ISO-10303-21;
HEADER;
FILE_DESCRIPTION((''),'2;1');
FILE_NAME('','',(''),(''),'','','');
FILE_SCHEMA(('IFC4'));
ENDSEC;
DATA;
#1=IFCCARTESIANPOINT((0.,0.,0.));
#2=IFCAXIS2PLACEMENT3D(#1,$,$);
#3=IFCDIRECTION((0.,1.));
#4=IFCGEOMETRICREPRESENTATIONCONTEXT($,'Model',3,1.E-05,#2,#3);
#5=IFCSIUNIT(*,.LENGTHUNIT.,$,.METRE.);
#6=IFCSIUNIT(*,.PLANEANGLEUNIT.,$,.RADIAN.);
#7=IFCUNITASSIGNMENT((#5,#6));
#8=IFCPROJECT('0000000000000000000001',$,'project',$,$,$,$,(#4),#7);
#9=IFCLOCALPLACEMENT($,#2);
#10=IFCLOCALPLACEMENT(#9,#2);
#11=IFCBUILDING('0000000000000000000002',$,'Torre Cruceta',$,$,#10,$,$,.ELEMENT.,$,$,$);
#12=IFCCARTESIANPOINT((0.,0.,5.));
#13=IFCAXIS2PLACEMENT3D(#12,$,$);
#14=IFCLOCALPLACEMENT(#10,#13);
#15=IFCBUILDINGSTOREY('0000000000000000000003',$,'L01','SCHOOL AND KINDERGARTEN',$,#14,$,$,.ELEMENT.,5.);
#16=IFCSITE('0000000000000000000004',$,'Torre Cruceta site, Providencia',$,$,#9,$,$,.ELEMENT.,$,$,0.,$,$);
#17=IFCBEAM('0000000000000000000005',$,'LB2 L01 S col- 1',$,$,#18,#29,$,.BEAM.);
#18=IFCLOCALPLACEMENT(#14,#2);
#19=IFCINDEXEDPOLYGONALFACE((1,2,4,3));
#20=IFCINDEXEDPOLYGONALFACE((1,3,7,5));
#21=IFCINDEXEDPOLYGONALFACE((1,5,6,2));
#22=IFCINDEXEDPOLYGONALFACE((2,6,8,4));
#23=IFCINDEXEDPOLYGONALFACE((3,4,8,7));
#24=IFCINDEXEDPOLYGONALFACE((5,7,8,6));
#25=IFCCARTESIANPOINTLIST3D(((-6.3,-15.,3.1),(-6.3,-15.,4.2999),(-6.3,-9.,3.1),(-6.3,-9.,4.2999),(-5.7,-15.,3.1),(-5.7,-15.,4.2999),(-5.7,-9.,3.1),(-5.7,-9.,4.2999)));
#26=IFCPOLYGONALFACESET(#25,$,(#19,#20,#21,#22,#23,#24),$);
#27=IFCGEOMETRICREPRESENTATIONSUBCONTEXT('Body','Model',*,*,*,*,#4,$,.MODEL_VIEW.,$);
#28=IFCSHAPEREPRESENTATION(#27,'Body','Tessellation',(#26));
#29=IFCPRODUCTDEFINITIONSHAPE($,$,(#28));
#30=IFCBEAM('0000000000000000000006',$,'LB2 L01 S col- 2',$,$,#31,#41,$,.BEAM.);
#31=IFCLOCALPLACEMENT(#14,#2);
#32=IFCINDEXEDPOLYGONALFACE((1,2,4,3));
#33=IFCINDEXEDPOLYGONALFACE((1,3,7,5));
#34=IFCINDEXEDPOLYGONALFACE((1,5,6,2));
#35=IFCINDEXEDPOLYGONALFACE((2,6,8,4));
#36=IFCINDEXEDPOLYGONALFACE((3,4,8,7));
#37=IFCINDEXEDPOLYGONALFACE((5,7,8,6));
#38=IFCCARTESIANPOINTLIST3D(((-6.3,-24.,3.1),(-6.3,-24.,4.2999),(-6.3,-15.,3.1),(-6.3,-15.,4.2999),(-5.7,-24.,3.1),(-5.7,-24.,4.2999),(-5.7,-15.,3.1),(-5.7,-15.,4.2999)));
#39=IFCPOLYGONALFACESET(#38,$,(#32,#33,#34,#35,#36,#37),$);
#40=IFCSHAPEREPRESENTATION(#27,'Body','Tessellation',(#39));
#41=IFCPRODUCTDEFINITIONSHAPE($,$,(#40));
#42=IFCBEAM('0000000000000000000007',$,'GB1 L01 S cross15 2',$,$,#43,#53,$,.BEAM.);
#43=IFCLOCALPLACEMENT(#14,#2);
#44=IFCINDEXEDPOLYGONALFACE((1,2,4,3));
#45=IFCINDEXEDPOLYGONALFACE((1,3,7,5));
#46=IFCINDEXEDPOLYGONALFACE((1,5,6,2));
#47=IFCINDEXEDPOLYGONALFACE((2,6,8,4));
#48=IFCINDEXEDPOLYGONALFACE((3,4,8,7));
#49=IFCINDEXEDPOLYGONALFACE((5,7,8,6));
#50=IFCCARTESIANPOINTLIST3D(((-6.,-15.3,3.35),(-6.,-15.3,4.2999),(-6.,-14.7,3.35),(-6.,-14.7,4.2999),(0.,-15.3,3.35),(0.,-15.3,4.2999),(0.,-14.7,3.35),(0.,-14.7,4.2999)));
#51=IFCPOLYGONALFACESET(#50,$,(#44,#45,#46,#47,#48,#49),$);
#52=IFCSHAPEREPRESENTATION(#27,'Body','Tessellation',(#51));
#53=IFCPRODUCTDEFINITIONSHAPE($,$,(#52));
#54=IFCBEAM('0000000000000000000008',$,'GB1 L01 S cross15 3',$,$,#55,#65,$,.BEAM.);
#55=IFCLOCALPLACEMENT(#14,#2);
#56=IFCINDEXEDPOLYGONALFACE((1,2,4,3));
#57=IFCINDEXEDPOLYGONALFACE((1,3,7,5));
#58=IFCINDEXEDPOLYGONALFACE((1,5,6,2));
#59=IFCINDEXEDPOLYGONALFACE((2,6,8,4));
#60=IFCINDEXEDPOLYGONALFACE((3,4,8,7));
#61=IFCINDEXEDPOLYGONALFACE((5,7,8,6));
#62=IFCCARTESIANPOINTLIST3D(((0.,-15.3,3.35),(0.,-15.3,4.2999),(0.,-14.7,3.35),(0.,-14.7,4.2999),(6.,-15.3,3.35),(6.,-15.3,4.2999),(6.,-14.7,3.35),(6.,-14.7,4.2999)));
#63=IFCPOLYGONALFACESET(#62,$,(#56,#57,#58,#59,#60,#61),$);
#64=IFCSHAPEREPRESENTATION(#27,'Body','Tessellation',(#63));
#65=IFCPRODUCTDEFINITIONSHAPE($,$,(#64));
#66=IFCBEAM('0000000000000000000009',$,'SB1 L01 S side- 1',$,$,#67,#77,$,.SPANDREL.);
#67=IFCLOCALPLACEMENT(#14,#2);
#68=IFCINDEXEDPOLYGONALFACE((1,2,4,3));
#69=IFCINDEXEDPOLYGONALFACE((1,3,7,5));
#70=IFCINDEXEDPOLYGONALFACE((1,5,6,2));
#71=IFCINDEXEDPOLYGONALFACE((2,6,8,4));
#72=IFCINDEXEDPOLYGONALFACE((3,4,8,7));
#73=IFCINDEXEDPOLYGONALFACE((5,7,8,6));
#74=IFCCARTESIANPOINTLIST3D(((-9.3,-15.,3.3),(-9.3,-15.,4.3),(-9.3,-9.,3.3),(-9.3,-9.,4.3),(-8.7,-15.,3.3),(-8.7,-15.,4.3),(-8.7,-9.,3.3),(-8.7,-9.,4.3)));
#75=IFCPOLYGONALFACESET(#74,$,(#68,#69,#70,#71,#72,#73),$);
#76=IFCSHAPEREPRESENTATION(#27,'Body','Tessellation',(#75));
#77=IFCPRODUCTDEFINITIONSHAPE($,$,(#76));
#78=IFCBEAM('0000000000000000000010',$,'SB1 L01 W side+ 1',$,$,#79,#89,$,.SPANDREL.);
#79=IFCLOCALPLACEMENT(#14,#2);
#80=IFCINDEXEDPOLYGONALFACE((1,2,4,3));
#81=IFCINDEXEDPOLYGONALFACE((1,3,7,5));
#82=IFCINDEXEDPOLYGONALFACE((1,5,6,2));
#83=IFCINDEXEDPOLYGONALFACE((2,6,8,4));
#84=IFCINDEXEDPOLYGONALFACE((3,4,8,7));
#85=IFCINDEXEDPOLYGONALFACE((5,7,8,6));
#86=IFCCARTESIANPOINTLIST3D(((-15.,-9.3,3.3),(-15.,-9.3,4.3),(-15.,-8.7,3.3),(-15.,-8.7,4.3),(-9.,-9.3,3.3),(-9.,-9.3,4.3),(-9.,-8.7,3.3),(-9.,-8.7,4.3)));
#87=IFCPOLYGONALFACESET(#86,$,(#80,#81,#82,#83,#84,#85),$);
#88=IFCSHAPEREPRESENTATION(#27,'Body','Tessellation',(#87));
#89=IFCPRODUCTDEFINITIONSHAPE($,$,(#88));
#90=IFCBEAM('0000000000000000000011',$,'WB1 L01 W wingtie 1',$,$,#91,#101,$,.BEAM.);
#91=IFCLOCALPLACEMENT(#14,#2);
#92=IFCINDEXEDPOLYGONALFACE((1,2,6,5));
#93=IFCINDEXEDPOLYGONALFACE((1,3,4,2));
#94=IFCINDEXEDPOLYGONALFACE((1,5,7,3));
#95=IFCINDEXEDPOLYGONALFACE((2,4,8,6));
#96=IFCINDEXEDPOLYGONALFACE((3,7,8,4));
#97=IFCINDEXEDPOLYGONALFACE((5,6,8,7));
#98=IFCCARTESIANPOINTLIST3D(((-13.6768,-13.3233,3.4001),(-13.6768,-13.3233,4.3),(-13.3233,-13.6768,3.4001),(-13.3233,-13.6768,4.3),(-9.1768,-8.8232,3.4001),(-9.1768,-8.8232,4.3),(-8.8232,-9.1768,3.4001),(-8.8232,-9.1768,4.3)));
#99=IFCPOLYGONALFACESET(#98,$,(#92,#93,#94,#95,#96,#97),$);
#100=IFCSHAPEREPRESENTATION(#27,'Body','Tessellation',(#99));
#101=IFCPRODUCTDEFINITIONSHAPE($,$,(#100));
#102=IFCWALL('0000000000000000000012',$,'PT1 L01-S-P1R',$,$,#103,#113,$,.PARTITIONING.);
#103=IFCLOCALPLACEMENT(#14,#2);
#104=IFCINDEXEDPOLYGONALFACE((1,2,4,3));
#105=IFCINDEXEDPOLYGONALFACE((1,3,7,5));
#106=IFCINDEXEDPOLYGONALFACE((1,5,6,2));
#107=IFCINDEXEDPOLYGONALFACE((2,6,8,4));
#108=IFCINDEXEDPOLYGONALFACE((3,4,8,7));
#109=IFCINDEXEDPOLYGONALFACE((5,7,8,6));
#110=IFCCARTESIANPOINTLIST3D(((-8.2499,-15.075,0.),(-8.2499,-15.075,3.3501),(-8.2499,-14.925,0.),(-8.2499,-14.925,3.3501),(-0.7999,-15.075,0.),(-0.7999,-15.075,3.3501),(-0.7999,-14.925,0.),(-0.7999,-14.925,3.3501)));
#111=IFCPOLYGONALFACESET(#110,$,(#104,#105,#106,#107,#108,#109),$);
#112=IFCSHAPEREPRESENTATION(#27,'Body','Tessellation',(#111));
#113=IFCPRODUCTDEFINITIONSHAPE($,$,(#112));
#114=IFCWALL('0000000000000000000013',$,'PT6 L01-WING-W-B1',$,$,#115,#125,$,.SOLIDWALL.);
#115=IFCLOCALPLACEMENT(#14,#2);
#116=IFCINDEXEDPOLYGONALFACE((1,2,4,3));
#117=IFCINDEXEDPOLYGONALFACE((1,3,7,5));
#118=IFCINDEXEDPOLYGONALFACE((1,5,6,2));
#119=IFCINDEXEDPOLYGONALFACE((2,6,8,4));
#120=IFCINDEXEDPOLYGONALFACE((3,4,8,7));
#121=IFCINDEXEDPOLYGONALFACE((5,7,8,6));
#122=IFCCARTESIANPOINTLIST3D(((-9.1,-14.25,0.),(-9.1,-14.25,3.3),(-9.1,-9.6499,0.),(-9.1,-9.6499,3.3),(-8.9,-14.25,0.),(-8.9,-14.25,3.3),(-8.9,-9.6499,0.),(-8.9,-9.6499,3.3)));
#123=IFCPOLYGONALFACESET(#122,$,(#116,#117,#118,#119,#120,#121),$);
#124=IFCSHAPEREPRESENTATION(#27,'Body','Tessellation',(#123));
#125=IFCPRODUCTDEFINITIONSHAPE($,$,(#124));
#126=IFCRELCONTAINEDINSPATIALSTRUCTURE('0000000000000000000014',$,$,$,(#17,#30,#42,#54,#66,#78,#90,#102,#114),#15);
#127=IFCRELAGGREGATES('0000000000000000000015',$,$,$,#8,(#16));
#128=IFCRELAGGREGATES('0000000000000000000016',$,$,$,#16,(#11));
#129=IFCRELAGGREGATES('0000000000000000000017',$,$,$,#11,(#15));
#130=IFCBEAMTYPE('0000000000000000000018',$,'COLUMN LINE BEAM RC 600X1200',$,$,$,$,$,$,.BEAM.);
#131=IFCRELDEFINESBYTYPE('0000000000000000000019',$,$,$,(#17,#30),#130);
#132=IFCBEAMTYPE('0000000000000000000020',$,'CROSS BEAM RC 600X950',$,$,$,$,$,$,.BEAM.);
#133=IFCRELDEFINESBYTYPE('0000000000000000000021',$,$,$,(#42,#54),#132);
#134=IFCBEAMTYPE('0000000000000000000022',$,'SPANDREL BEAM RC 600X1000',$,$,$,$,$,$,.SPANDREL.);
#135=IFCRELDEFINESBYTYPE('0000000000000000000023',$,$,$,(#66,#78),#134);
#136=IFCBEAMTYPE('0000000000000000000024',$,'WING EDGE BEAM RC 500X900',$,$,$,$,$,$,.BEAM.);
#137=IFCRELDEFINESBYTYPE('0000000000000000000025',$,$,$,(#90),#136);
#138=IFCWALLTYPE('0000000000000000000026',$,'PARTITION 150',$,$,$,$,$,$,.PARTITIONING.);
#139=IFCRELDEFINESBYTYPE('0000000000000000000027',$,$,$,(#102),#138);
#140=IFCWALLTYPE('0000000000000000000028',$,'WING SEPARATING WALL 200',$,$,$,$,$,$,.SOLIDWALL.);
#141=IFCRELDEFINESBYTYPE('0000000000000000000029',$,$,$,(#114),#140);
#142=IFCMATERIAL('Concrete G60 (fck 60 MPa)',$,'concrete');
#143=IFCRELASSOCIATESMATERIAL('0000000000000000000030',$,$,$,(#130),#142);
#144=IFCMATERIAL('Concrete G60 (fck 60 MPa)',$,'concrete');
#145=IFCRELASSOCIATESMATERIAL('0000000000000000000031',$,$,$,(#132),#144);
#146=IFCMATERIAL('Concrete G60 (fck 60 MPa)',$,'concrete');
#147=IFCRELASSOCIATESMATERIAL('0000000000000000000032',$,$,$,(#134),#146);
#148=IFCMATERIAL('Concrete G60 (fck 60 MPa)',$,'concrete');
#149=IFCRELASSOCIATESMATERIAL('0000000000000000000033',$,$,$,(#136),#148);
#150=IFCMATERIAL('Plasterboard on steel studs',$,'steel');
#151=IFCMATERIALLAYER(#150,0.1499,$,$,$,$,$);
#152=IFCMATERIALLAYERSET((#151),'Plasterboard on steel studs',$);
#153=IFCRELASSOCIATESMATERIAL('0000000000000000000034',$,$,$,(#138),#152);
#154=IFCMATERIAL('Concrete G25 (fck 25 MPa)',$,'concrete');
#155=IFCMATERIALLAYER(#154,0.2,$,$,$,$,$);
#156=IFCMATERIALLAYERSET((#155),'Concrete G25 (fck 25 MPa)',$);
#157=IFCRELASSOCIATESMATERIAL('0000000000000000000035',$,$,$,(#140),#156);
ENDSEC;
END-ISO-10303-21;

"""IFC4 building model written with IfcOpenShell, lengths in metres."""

from ifc_helpers import new_model, si_unit, direction, frame, frame_2d, origin, origin_2d, place, context, subcontext, project, spatial, rectangle, extrude, material, layer, layer_set, material_profile, profile_set, type_object, element, save


model = new_model("IFC4")

# Units and contexts
model_context = context("Model", 3, precision=1e-05, world=origin(), true_north=direction((0.0, 1.0)))
body_context = subcontext(model_context, "Body", "Model", "MODEL_VIEW")
ifc_project = project(units=[si_unit("LENGTHUNIT", "METRE"), si_unit("PLANEANGLEUNIT", "RADIAN")], contexts=[model_context])

# Site, building, storey
site_placement = place(None, origin())
site = spatial("IfcSite", under=ifc_project, at=site_placement, Name="Torre Cruceta site, Providencia", CompositionType="ELEMENT", RefElevation=0.0)
building_placement = place(site_placement, origin())
building = spatial("IfcBuilding", under=site, at=building_placement, Name="Torre Cruceta", CompositionType="ELEMENT")
storey_placement = place(building_placement, frame((0.0, 0.0, 5.0)))
storey = spatial("IfcBuildingStorey", under=building, at=storey_placement, Name="L01", Description="SCHOOL AND KINDERGARTEN", CompositionType="ELEMENT", Elevation=5.0)

# Beams
ifc_material_1 = material(Name="Concrete G60 (fck 60 MPa)", Category="concrete")
ifc_material_profile_1 = material_profile(ifc_material_1, rectangle(XDim=0.6001, YDim=1.2, at=origin_2d()), Name="RC 600X1200")
ifc_profile_set_1 = profile_set([ifc_material_profile_1], Name="Concrete G60 (fck 60 MPa)")
beam_type_1 = type_object("IfcBeamType", Name="COLUMN LINE BEAM RC 600X1200", PredefinedType="BEAM", material=ifc_profile_set_1)
beam_1_placement = place(storey_placement, frame((-6.0, -9.0, 3.7), z_axis=(0.0, -1.0, 0.0), x_axis=(1.0, 0.0, 0.0)))
element("IfcBeam", 1, at=beam_1_placement, inside=storey, type_object=beam_type_1, Name="LB2 L01 S col- 1", PredefinedType="BEAM", context=body_context, shape_type="SweptSolid", body=[
    extrude(rectangle(XDim=0.6001, YDim=1.2, at=origin_2d()), origin(), (0.0, 0.0, 1.0), 6.0),
])
beam_2_placement = place(storey_placement, frame((-6.0, -15.0, 3.7), z_axis=(0.0, -1.0, 0.0), x_axis=(1.0, 0.0, 0.0)))
element("IfcBeam", 2, at=beam_2_placement, inside=storey, type_object=beam_type_1, Name="LB2 L01 S col- 2", PredefinedType="BEAM", context=body_context, shape_type="SweptSolid", body=[
    extrude(rectangle(XDim=0.6001, YDim=1.2, at=origin_2d()), origin(), (0.0, 0.0, 1.0), 9.0),
])
ifc_material_2 = material(Name="Concrete G60 (fck 60 MPa)", Category="concrete")
ifc_material_profile_2 = material_profile(ifc_material_2, rectangle(XDim=0.6001, YDim=0.95, at=origin_2d()), Name="RC 600X950")
ifc_profile_set_2 = profile_set([ifc_material_profile_2], Name="Concrete G60 (fck 60 MPa)")
beam_type_2 = type_object("IfcBeamType", Name="CROSS BEAM RC 600X950", PredefinedType="BEAM", material=ifc_profile_set_2)
for number, where, z_axis, x_axis, name in (
    (3, (-6.0, -15.0, 3.825), (1.0, 0.0, 0.0), (0.0, 1.0, 0.0), "GB1 L01 S cross15 2"),
    (4, (0.0, -15.0, 3.825), (1.0, 0.0, 0.0), (0.0, 1.0, 0.0), "GB1 L01 S cross15 3"),
):
    element("IfcBeam", number, at=place(storey_placement, frame(where, z_axis=z_axis, x_axis=x_axis)), inside=storey, type_object=beam_type_2, Name=name, PredefinedType="BEAM", context=body_context, shape_type="SweptSolid", body=[
        extrude(rectangle(XDim=0.6001, YDim=0.95, at=origin_2d()), origin(), (0.0, 0.0, 1.0), 6.0),
    ])
ifc_material_3 = material(Name="Concrete G60 (fck 60 MPa)", Category="concrete")
ifc_material_profile_3 = material_profile(ifc_material_3, rectangle(XDim=0.6001, YDim=1.0, at=origin_2d()), Name="RC 600X1000")
ifc_profile_set_3 = profile_set([ifc_material_profile_3], Name="Concrete G60 (fck 60 MPa)")
beam_type_3 = type_object("IfcBeamType", Name="SPANDREL BEAM RC 600X1000", PredefinedType="SPANDREL", material=ifc_profile_set_3)
for number, where, z_axis, x_axis, name in (
    (5, (-9.0, -9.0, 3.8), (0.0, -1.0, 0.0), (1.0, 0.0, 0.0), "SB1 L01 S side- 1"),
    (6, (-9.0, -9.0, 3.8), (-1.0, 0.0, 0.0), (0.0, -1.0, 0.0), "SB1 L01 W side+ 1"),
):
    element("IfcBeam", number, at=place(storey_placement, frame(where, z_axis=z_axis, x_axis=x_axis)), inside=storey, type_object=beam_type_3, Name=name, PredefinedType="SPANDREL", context=body_context, shape_type="SweptSolid", body=[
        extrude(rectangle(XDim=0.6001, YDim=1.0, at=origin_2d()), origin(), (0.0, 0.0, 1.0), 6.0),
    ])
ifc_material_4 = material(Name="Concrete G60 (fck 60 MPa)", Category="concrete")
ifc_material_profile_4 = material_profile(ifc_material_4, rectangle(XDim=0.5, YDim=0.8999, at=origin_2d()), Name="RC 500X900")
ifc_profile_set_4 = profile_set([ifc_material_profile_4], Name="Concrete G60 (fck 60 MPa)")
beam_type_4 = type_object("IfcBeamType", Name="WING EDGE BEAM RC 500X900", PredefinedType="BEAM", material=ifc_profile_set_4)
beam_3_placement = place(storey_placement, frame((-9.0, -9.0, 3.8501), z_axis=(-0.707107, -0.707107, 0.0), x_axis=(0.707107, -0.707107, 0.0)))
element("IfcBeam", 7, at=beam_3_placement, inside=storey, type_object=beam_type_4, Name="WB1 L01 W wingtie 1", PredefinedType="BEAM", context=body_context, shape_type="SweptSolid", body=[
    extrude(rectangle(XDim=0.5, YDim=0.8999, at=origin_2d()), origin(), (0.0, 0.0, 1.0), 6.364),
])

# Walls
ifc_material_5 = material(Name="Plasterboard on steel studs", Category="steel")
ifc_layer_1 = layer(ifc_material_5, 0.1499)
ifc_layer_set_1 = layer_set([ifc_layer_1], Name="Plasterboard on steel studs")
wall_type_1 = type_object("IfcWallType", Name="PARTITION 150", PredefinedType="PARTITIONING", material=ifc_layer_set_1)
wall_1_placement = place(storey_placement, frame((-8.25, -15.0, 0.0), z_axis=(0.0, 0.0, 1.0), x_axis=(1.0, 0.0, 0.0)))
element("IfcWall", 8, at=wall_1_placement, inside=storey, type_object=wall_type_1, Name="PT1 L01-S-P1R", PredefinedType="PARTITIONING", context=body_context, shape_type="SweptSolid", body=[
    extrude(rectangle(XDim=7.45, YDim=0.1499, at=frame_2d((3.7251, 0.0))), origin(), (0.0, 0.0, 1.0), 3.3501),
])
ifc_material_6 = material(Name="Concrete G25 (fck 25 MPa)", Category="concrete")
ifc_layer_2 = layer(ifc_material_6, 0.2)
ifc_layer_set_2 = layer_set([ifc_layer_2], Name="Concrete G25 (fck 25 MPa)")
wall_type_2 = type_object("IfcWallType", Name="WING SEPARATING WALL 200", PredefinedType="SOLIDWALL", material=ifc_layer_set_2)
wall_2_placement = place(storey_placement, frame((-9.0, -14.25, 0.0), z_axis=(0.0, 0.0, 1.0), x_axis=(0.0, 1.0, 0.0)))
element("IfcWall", 9, at=wall_2_placement, inside=storey, type_object=wall_type_2, Name="PT6 L01-WING-W-B1", PredefinedType="SOLIDWALL", context=body_context, shape_type="SweptSolid", body=[
    extrude(rectangle(XDim=4.6001, YDim=0.2, at=frame_2d((2.3, 0.0))), origin(), (0.0, 0.0, 1.0), 3.3),
])

save(model, "model.ifc")
